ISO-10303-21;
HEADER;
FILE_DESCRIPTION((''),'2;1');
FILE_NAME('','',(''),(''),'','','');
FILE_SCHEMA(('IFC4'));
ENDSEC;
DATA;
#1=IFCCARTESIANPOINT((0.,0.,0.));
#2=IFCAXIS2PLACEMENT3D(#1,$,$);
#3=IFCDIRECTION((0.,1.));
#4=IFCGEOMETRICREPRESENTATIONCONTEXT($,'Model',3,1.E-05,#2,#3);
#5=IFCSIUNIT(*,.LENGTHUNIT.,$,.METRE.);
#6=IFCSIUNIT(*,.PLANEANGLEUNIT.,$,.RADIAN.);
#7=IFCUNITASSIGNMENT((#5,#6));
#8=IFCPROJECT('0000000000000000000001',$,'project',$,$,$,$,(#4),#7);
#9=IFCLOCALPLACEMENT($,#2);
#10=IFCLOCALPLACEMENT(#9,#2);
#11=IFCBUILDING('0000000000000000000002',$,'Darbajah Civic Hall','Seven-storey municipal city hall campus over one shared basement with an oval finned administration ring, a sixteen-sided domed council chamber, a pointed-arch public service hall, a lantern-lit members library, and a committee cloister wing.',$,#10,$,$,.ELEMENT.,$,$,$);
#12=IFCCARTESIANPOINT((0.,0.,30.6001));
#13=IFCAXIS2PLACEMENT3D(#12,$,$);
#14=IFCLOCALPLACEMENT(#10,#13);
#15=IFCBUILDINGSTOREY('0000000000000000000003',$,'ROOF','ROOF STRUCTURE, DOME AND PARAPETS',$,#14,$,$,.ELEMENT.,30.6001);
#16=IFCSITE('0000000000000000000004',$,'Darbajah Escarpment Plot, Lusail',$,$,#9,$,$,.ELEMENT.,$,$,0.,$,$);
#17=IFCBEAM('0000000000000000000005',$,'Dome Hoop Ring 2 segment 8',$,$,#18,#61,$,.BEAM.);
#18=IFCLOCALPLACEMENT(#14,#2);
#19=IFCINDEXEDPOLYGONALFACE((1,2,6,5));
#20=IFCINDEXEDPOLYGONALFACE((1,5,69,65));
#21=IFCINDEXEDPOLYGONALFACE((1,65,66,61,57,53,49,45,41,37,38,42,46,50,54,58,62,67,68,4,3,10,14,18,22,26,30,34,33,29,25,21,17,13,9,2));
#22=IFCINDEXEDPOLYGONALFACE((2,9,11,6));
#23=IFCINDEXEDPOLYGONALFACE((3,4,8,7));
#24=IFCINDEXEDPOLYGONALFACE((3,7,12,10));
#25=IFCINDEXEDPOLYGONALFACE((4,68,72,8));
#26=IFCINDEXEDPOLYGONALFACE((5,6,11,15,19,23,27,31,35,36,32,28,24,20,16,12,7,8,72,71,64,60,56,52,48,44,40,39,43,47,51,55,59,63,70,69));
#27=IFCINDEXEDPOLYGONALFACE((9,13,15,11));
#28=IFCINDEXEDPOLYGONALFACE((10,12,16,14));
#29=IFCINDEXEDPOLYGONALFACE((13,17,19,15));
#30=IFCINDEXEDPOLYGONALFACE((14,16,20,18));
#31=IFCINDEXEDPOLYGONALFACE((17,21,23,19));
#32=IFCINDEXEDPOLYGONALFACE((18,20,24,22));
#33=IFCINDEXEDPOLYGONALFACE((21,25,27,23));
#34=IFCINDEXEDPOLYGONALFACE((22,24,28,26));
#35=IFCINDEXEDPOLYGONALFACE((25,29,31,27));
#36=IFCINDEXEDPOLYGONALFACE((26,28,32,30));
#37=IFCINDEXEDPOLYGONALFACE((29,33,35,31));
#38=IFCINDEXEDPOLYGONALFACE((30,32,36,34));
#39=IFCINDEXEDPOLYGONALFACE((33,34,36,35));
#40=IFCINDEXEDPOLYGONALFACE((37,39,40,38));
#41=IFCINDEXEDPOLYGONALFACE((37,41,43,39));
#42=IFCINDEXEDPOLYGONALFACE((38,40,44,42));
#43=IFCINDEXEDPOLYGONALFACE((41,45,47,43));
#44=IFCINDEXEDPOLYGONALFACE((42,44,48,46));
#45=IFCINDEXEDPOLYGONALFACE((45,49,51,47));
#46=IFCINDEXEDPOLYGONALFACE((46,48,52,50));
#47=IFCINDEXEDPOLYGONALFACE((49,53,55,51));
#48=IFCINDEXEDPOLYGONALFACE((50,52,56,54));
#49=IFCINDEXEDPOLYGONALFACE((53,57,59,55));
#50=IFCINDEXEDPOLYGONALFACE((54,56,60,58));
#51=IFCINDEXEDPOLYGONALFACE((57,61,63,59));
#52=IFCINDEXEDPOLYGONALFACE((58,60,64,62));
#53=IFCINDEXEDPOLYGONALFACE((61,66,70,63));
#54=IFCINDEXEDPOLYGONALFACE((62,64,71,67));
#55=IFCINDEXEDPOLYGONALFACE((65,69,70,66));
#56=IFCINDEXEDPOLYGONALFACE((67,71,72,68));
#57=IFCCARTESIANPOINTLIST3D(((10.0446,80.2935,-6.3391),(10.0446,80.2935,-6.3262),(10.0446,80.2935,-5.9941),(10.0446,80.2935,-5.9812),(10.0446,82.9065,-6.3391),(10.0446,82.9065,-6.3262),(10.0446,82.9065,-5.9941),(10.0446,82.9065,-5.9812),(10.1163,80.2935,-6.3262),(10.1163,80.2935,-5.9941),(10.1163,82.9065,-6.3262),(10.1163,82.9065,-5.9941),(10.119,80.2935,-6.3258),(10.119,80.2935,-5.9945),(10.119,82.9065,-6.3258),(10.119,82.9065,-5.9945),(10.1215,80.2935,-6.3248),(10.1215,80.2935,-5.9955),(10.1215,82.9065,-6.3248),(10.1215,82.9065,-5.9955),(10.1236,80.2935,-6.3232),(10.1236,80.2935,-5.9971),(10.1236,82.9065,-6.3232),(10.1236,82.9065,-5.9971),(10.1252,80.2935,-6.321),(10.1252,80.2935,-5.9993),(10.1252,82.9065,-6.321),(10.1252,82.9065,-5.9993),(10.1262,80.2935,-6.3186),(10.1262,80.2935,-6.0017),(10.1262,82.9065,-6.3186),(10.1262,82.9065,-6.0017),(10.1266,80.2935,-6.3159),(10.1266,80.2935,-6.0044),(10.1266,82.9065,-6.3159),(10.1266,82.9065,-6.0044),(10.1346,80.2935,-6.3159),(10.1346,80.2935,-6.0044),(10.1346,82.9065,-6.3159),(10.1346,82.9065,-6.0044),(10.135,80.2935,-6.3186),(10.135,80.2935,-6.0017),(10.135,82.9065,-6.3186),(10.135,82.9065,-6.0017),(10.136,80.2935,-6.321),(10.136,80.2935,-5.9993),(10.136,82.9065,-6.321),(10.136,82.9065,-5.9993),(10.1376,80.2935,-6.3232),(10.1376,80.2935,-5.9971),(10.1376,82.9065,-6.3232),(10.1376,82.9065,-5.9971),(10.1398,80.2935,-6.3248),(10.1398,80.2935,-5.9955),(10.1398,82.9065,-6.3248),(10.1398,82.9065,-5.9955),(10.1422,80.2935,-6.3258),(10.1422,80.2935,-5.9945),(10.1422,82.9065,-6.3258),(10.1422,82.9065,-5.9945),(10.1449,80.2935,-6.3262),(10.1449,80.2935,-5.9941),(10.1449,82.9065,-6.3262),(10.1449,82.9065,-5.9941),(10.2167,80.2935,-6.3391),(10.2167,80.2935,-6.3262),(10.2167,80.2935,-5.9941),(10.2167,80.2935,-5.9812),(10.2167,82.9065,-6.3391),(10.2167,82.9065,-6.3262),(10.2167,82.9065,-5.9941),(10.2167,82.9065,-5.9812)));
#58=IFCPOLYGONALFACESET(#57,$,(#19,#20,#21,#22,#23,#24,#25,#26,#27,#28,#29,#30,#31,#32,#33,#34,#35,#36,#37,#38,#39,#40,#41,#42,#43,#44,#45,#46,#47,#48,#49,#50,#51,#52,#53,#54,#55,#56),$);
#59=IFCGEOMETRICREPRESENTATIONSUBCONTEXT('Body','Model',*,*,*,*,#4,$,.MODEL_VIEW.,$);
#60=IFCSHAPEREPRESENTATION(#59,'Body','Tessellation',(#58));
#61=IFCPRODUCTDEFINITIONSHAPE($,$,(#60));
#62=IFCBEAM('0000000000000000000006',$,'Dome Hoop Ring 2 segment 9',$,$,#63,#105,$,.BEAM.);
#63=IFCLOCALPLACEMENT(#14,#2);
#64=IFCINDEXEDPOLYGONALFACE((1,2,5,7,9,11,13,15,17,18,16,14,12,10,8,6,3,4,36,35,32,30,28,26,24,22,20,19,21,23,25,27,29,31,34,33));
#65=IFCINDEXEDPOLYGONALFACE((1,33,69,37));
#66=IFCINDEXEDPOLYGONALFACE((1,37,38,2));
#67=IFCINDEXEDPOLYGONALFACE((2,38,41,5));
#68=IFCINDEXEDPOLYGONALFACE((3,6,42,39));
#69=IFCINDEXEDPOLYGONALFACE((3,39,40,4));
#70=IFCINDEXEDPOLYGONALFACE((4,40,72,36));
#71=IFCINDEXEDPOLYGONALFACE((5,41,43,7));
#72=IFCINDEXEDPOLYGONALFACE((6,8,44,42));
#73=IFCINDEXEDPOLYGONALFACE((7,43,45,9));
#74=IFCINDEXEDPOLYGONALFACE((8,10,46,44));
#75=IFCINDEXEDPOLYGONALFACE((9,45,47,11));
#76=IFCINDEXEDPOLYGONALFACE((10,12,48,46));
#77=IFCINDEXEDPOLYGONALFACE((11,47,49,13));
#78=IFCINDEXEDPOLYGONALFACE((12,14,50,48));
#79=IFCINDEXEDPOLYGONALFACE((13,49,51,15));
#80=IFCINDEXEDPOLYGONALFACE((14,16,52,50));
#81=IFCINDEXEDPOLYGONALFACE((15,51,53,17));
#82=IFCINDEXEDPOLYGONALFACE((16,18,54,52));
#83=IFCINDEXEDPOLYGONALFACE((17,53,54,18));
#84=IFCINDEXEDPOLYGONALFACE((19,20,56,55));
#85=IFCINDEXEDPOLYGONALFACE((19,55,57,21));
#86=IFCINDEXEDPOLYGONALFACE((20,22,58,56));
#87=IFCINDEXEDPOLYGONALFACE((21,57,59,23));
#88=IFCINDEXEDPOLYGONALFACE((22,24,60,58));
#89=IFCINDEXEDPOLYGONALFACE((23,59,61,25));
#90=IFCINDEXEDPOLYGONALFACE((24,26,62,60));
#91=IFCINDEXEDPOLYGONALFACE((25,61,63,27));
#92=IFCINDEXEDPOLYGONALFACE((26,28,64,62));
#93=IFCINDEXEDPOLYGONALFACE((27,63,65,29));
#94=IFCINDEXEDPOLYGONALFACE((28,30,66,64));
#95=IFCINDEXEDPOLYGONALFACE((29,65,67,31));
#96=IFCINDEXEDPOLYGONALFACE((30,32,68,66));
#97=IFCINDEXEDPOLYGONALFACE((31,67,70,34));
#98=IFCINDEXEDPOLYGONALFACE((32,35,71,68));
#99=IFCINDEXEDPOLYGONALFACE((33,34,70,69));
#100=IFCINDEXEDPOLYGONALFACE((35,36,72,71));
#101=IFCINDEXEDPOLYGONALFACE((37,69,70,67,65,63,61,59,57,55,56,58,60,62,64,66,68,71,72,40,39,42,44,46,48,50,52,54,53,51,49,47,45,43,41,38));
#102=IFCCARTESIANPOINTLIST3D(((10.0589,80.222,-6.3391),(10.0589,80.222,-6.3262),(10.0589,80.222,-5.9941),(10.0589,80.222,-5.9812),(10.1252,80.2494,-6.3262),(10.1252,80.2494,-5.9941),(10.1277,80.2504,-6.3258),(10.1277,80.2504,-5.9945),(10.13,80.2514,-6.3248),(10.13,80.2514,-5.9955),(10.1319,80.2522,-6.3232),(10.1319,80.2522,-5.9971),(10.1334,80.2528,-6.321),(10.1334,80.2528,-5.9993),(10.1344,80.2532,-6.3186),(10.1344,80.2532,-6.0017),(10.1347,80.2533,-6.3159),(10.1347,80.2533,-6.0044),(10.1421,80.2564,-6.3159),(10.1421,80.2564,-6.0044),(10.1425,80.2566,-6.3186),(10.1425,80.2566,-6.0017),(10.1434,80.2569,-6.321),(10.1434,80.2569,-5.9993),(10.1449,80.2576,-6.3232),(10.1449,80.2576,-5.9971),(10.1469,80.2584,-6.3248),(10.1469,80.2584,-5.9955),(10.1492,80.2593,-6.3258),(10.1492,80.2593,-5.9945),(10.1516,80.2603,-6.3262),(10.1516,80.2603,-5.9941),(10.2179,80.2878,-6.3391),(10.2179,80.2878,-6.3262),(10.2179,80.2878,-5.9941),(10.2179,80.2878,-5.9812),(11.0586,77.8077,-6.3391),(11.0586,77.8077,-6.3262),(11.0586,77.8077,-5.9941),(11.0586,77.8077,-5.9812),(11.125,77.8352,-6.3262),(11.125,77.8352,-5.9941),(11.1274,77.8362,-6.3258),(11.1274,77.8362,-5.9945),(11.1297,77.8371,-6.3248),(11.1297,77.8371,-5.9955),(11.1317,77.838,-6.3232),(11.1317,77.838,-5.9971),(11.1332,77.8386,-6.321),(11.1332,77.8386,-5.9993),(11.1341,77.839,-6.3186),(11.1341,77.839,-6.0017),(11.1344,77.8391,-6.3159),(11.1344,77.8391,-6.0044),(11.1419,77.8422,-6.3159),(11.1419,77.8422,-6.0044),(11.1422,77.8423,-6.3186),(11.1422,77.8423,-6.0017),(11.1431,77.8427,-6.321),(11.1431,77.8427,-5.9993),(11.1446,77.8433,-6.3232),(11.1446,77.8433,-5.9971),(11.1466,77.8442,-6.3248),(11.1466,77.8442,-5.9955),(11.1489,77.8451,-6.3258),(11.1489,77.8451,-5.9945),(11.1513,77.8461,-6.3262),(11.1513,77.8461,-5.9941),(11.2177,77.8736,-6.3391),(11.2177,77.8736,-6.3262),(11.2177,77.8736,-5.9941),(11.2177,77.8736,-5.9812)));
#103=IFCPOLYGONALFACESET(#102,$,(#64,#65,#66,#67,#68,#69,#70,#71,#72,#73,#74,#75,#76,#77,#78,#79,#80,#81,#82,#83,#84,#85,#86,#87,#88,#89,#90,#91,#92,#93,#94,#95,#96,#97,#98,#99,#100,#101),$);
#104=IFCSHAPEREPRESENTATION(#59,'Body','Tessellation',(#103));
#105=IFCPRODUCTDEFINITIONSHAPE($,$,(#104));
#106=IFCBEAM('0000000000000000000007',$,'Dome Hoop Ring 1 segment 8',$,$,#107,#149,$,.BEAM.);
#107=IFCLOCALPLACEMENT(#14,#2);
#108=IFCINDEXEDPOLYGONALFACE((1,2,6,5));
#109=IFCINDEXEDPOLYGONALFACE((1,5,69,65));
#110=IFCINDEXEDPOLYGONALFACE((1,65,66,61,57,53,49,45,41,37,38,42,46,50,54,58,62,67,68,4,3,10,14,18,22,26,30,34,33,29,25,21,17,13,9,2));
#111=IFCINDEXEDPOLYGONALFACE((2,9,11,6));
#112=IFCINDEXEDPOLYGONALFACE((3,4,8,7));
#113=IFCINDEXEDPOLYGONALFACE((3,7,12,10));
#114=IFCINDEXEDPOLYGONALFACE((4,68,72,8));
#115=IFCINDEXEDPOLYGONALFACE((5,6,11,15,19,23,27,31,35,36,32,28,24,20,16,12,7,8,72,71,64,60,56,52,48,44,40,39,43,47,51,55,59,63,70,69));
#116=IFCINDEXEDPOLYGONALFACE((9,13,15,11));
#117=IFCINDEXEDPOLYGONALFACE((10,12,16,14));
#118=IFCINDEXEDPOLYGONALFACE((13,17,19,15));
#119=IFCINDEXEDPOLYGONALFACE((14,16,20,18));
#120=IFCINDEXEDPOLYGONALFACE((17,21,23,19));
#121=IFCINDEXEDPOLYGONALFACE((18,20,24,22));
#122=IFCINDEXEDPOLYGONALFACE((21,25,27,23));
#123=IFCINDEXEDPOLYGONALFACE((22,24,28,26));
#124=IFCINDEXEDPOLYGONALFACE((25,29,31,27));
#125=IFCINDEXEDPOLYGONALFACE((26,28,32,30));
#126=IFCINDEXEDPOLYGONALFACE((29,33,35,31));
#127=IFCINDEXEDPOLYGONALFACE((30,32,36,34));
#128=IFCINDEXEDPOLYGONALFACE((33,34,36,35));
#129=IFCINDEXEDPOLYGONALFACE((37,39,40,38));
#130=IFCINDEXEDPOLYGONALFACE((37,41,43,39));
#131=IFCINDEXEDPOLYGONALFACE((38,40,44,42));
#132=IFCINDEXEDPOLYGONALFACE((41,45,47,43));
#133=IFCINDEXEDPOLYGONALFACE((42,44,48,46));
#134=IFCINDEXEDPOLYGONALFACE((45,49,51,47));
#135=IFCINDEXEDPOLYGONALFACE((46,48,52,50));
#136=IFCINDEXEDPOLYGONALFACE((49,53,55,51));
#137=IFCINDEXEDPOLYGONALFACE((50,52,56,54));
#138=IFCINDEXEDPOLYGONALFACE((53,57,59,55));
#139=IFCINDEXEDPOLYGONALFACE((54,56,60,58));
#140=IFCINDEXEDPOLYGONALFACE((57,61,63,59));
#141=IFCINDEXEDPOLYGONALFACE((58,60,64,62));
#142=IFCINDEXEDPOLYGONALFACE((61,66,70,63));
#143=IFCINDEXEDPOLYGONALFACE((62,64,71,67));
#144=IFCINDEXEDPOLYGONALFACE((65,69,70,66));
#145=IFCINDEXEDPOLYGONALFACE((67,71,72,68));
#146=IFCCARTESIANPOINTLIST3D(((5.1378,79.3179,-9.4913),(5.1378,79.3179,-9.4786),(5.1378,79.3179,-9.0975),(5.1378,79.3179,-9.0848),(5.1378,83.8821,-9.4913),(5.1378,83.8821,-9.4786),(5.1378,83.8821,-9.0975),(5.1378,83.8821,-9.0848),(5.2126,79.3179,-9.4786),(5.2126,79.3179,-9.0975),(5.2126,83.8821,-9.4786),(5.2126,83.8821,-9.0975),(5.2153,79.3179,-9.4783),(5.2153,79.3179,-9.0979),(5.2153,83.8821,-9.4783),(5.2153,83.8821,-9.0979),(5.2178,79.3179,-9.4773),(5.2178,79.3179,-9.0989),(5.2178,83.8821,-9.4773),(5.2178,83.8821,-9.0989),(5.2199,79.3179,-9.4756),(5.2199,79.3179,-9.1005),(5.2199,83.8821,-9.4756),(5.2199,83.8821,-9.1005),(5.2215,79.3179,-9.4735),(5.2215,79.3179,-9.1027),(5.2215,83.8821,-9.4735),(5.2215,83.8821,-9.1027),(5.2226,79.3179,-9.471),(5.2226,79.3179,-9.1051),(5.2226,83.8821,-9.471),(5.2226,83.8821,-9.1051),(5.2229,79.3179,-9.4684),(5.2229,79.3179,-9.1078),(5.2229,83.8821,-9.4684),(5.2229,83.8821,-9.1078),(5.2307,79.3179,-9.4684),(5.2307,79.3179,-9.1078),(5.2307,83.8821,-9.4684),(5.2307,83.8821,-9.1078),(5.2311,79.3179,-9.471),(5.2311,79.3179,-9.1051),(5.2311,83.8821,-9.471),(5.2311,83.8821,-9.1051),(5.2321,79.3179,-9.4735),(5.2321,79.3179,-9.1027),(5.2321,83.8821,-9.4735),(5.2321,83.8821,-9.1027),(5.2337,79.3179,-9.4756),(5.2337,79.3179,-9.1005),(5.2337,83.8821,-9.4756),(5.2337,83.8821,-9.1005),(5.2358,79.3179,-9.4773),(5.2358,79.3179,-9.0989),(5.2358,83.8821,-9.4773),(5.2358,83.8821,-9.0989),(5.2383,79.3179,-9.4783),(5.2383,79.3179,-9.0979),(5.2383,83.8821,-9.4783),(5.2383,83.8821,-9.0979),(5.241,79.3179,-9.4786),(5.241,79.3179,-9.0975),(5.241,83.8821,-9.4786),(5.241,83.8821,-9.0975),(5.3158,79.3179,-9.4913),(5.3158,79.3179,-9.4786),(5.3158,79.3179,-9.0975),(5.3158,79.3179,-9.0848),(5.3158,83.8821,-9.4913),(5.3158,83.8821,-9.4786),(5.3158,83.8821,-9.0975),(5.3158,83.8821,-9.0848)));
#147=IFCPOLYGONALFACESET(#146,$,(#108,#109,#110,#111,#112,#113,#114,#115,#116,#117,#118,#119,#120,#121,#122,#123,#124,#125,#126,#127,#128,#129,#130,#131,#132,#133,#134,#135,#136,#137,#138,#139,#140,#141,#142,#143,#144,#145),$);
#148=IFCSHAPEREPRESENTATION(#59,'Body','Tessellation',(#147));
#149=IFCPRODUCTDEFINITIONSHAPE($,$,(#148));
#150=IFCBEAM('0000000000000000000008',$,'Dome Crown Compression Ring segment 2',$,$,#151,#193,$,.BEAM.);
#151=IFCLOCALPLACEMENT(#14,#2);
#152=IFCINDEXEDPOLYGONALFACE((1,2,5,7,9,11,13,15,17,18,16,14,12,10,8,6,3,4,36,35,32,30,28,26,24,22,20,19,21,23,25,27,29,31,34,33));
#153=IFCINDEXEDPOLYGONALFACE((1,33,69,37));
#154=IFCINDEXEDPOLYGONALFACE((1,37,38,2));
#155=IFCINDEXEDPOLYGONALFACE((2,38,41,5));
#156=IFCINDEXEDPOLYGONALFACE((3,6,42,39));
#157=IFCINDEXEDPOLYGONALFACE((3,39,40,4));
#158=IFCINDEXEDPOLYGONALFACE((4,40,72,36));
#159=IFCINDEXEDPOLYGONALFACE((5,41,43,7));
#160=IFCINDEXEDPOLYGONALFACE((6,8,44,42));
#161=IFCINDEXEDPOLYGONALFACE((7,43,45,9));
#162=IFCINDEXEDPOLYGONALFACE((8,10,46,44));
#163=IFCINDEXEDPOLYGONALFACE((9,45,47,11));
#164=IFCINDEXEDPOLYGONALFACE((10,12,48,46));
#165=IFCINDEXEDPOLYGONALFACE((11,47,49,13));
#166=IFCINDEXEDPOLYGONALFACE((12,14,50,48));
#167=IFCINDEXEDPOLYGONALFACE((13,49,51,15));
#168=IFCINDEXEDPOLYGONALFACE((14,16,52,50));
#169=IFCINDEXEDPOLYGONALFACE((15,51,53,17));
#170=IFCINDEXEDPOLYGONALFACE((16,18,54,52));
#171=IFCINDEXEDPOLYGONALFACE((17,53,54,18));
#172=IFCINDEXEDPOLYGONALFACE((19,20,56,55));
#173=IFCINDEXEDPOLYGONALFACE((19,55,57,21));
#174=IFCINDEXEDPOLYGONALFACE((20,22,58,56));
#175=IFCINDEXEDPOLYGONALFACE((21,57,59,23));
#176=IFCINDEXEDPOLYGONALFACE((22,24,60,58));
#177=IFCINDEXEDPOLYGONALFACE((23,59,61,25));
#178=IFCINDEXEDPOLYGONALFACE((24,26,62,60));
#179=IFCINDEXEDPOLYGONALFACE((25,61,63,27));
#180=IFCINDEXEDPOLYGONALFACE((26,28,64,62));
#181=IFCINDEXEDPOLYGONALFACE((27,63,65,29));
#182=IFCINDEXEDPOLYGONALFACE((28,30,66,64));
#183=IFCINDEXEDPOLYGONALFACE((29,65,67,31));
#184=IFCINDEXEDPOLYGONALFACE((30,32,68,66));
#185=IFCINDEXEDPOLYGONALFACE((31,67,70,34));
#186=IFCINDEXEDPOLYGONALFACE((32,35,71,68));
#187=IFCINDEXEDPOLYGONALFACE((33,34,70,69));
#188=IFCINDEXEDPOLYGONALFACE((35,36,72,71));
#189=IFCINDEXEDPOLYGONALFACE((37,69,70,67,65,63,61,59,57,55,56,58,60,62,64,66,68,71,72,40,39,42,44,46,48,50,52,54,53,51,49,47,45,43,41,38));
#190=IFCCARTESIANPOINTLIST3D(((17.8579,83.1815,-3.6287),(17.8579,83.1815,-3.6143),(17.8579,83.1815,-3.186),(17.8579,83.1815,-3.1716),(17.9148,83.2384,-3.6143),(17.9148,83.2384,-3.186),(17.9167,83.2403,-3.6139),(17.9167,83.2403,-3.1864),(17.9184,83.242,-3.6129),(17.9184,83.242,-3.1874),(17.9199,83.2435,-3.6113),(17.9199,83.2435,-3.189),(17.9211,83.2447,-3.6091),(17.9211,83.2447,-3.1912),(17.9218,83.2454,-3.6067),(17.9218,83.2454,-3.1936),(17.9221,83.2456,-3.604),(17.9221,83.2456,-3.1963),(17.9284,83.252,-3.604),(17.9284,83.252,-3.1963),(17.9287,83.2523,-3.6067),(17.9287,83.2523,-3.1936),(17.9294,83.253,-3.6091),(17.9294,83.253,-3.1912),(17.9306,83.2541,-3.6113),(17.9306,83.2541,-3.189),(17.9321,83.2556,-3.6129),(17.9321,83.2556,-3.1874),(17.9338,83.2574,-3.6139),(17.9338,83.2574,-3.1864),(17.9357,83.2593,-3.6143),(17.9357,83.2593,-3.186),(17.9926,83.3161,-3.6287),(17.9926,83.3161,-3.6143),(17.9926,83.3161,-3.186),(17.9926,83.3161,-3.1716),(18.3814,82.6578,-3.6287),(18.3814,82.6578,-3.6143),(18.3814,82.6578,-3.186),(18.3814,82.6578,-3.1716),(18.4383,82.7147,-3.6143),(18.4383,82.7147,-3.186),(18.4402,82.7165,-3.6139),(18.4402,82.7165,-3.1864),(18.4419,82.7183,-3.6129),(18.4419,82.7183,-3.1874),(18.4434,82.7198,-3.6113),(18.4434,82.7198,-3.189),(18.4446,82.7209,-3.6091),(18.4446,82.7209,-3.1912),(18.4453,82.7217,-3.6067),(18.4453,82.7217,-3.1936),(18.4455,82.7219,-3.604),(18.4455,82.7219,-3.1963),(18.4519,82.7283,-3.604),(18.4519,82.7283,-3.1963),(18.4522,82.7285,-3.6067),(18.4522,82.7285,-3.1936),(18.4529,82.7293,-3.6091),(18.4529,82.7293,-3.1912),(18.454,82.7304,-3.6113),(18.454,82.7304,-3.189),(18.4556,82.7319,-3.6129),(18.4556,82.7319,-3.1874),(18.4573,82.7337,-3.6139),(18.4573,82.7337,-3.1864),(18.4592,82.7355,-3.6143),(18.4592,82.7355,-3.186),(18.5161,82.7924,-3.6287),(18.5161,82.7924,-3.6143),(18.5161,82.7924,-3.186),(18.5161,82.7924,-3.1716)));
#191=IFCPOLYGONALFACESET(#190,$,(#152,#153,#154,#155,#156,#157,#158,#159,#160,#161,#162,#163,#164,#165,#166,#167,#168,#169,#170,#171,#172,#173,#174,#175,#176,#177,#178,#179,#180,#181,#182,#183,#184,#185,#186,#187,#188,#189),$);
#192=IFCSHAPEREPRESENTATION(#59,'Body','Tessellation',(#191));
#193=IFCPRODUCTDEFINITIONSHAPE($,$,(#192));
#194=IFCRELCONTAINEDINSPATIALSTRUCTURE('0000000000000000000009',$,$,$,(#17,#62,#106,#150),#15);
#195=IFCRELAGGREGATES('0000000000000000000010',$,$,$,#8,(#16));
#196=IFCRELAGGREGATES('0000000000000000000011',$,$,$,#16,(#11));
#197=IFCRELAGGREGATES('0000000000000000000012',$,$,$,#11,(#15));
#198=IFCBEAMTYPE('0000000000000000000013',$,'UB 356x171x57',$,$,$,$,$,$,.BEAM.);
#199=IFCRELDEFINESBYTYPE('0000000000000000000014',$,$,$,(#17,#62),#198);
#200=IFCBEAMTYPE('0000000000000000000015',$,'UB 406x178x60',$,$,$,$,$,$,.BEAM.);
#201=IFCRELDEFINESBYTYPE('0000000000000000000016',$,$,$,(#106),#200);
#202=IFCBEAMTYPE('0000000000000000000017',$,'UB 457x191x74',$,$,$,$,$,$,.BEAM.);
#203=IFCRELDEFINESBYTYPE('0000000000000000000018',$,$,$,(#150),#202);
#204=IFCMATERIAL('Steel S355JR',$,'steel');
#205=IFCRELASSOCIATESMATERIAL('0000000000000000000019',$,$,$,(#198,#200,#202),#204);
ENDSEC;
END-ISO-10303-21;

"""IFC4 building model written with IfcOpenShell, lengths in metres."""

from ifc_helpers import new_model, si_unit, direction, frame, origin, origin_2d, place, context, subcontext, project, spatial, i_section, extrude, material, material_profile, profile_set, type_object, element, save


model = new_model("IFC4")

# Units and contexts
model_context = context("Model", 3, precision=1e-05, world=origin(), true_north=direction((0.0, 1.0)))
body_context = subcontext(model_context, "Body", "Model", "MODEL_VIEW")
ifc_project = project(units=[si_unit("LENGTHUNIT", "METRE"), si_unit("PLANEANGLEUNIT", "RADIAN")], contexts=[model_context])

# Site, building, storey
site_placement = place(None, origin())
site = spatial("IfcSite", under=ifc_project, at=site_placement, Name="Darbajah Escarpment Plot, Lusail", CompositionType="ELEMENT", RefElevation=0.0)
building_placement = place(site_placement, origin())
building = spatial("IfcBuilding", under=site, at=building_placement, Name="Darbajah Civic Hall", Description="Seven-storey municipal city hall campus over one shared basement with an oval finned administration ring, a sixteen-sided domed council chamber, a pointed-arch public service hall, a lantern-lit members library, and a committee cloister wing.", CompositionType="ELEMENT")
storey_placement = place(building_placement, frame((0.0, 0.0, 30.6001)))
storey = spatial("IfcBuildingStorey", under=building, at=storey_placement, Name="ROOF", Description="ROOF STRUCTURE, DOME AND PARAPETS", CompositionType="ELEMENT", Elevation=30.6001)

# Shared definitions
ifc_material = material(Name="Steel S355JR", Category="steel")

# Beams
ifc_material_profile_1 = material_profile(ifc_material, i_section(OverallWidth=0.1721, OverallDepth=0.3579, WebThickness=0.0081, FlangeThickness=0.0129, FilletRadius=0.0103, at=origin_2d()), Name="UB 356x171x57")
ifc_profile_set_1 = profile_set([ifc_material_profile_1], Name="Steel S355JR")
beam_type_1 = type_object("IfcBeamType", Name="UB 356x171x57", PredefinedType="BEAM", material=ifc_profile_set_1)
for number, where, z_axis, x_axis, name in (
    (1, (10.1306, 82.9065, -6.1602), (0.0, -1.0, 0.0), (1.0, 0.0, 0.0), "Dome Hoop Ring 2 segment 8"),
    (2, (10.1384, 80.2549, -6.1602), (0.382591, -0.923918, 0.0), (0.923918, 0.382591, 0.0), "Dome Hoop Ring 2 segment 9"),
):
    element("IfcBeam", number, at=place(storey_placement, frame(where, z_axis=z_axis, x_axis=x_axis)), inside=storey, type_object=beam_type_1, Name=name, PredefinedType="BEAM", context=body_context, shape_type="SweptSolid", body=[
        extrude(i_section(OverallWidth=0.1721, OverallDepth=0.3579, WebThickness=0.0081, FlangeThickness=0.0129, FilletRadius=0.0103, at=origin_2d()), origin(), (0.0, 0.0, 1.0), 2.613),
    ])
ifc_material_profile_2 = material_profile(ifc_material, i_section(OverallWidth=0.178, OverallDepth=0.4065, WebThickness=0.0078, FlangeThickness=0.0127, FilletRadius=0.0103, at=origin_2d()), Name="UB 406x178x60")
ifc_profile_set_2 = profile_set([ifc_material_profile_2], Name="Steel S355JR")
beam_type_2 = type_object("IfcBeamType", Name="UB 406x178x60", PredefinedType="BEAM", material=ifc_profile_set_2)
beam_1_placement = place(storey_placement, frame((5.2268, 83.8821, -9.2881), z_axis=(0.0, -1.0, 0.0), x_axis=(1.0, 0.0, 0.0)))
element("IfcBeam", 3, at=beam_1_placement, inside=storey, type_object=beam_type_2, Name="Dome Hoop Ring 1 segment 8", PredefinedType="BEAM", context=body_context, shape_type="SweptSolid", body=[
    extrude(i_section(OverallWidth=0.178, OverallDepth=0.4065, WebThickness=0.0078, FlangeThickness=0.0127, FilletRadius=0.0103, at=origin_2d()), origin(), (0.0, 0.0, 1.0), 4.5642),
])
ifc_material_profile_3 = material_profile(ifc_material, i_section(OverallWidth=0.1904, OverallDepth=0.457, WebThickness=0.009, FlangeThickness=0.0144, FilletRadius=0.0103, at=origin_2d()), Name="UB 457x191x74")
ifc_profile_set_3 = profile_set([ifc_material_profile_3], Name="Steel S355JR")
beam_type_3 = type_object("IfcBeamType", Name="UB 457x191x74", PredefinedType="BEAM", material=ifc_profile_set_3)
beam_2_placement = place(storey_placement, frame((18.4487, 82.7251, -3.4001), z_axis=(-0.706942, 0.707272, 0.0), x_axis=(-0.707272, -0.706942, 0.0)))
element("IfcBeam", 4, at=beam_2_placement, inside=storey, type_object=beam_type_3, Name="Dome Crown Compression Ring segment 2", PredefinedType="BEAM", context=body_context, shape_type="SweptSolid", body=[
    extrude(i_section(OverallWidth=0.1904, OverallDepth=0.457, WebThickness=0.009, FlangeThickness=0.0144, FilletRadius=0.0103, at=origin_2d()), origin(), (0.0, 0.0, 1.0), 0.7405),
])

save(model, "model.ifc")
